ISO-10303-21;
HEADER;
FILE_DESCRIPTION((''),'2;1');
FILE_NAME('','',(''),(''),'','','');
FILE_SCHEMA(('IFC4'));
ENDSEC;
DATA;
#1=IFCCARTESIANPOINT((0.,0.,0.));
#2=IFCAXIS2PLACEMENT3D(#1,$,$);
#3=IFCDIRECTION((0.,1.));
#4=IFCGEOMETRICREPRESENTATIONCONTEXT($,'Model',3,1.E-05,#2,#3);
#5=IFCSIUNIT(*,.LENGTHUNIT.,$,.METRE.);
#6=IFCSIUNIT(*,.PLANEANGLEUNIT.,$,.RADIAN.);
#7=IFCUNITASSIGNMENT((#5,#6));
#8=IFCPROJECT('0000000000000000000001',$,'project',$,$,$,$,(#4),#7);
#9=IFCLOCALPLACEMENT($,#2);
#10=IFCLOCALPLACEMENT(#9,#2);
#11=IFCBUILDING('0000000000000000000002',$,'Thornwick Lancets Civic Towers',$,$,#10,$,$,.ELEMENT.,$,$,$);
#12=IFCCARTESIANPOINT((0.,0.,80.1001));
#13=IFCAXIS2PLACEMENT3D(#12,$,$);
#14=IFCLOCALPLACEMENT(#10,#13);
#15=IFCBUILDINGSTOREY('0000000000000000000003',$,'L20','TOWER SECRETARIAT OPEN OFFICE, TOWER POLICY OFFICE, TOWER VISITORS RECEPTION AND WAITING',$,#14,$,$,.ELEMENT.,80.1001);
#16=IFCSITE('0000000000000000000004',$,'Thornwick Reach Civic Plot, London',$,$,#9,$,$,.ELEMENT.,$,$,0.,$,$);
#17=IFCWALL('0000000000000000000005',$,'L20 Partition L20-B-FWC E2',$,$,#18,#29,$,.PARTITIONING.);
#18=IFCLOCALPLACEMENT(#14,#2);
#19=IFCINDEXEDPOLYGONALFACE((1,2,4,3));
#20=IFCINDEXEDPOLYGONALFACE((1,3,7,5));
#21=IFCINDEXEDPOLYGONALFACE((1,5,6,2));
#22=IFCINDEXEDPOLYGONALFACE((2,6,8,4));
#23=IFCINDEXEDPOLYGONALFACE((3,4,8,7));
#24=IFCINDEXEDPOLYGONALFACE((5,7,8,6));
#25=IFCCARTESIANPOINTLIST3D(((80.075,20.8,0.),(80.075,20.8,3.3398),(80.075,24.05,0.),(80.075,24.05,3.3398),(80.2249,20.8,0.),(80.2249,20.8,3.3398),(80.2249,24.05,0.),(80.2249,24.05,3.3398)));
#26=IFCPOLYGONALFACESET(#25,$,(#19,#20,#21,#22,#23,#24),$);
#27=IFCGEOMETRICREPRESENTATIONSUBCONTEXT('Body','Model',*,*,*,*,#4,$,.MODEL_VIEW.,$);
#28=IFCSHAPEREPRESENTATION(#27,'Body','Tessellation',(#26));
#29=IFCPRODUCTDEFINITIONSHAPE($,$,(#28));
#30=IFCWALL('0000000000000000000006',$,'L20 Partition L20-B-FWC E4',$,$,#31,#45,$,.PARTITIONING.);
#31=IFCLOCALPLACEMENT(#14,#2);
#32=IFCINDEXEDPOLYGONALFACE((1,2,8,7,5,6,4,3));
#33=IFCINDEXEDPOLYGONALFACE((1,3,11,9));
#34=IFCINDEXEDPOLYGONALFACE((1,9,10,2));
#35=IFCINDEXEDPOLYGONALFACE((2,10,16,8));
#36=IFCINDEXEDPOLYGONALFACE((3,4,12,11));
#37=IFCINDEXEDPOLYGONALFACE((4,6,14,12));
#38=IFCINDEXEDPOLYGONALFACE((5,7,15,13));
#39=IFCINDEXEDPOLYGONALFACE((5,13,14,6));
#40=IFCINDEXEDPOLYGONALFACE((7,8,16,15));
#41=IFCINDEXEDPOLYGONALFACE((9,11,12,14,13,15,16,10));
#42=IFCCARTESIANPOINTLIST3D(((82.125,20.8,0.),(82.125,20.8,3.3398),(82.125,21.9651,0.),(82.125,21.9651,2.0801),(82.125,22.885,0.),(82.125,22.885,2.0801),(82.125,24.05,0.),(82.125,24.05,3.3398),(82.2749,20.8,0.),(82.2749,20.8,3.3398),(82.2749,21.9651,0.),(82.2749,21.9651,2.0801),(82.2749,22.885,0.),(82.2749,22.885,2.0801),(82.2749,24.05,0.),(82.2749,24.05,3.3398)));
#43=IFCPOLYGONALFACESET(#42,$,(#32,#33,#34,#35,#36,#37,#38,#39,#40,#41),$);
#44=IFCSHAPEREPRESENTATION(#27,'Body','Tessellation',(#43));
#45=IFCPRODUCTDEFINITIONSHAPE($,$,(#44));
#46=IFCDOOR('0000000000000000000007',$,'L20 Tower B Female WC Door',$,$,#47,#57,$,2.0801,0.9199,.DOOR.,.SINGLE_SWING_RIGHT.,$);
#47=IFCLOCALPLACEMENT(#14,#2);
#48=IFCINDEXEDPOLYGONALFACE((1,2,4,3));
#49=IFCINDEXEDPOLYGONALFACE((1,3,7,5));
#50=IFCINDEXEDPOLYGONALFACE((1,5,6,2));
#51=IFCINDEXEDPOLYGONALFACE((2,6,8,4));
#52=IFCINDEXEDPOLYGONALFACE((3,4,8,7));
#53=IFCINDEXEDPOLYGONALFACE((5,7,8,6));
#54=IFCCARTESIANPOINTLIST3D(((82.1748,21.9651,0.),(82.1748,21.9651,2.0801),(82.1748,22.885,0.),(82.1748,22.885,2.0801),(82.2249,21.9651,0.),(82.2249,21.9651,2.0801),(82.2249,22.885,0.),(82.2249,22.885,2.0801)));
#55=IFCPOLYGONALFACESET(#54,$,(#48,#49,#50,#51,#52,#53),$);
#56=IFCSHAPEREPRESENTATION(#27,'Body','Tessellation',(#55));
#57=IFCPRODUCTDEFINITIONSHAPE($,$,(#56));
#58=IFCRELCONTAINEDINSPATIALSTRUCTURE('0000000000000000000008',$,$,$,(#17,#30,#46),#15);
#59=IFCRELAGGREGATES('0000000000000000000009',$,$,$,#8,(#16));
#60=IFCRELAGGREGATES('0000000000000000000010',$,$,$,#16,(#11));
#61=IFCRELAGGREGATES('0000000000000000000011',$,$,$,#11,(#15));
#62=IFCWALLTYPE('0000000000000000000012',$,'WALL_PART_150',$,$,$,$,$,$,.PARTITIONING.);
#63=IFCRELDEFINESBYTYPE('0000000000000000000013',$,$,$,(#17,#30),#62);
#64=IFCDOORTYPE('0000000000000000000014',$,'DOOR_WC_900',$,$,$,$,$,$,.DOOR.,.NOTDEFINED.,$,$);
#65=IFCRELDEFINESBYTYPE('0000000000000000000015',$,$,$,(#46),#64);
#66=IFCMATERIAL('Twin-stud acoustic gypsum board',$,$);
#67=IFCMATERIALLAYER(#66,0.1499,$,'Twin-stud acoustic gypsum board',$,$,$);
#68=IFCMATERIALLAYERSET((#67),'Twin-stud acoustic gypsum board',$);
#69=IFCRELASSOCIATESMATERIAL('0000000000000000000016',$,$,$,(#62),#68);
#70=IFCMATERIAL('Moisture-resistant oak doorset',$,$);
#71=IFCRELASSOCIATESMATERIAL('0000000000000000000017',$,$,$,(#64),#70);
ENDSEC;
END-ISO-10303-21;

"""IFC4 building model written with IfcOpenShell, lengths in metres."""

from ifc_helpers import new_model, si_unit, direction, frame, frame_2d, origin, place, context, subcontext, project, spatial, rectangle, extrude, material, layer, layer_set, type_object, element, fill, save


model = new_model("IFC4")

# Units and contexts
model_context = context("Model", 3, precision=1e-05, world=origin(), true_north=direction((0.0, 1.0)))
body_context = subcontext(model_context, "Body", "Model", "MODEL_VIEW")
ifc_project = project(units=[si_unit("LENGTHUNIT", "METRE"), si_unit("PLANEANGLEUNIT", "RADIAN")], contexts=[model_context])

# Site, building, storey
site_placement = place(None, origin())
site = spatial("IfcSite", under=ifc_project, at=site_placement, Name="Thornwick Reach Civic Plot, London", CompositionType="ELEMENT", RefElevation=0.0)
building_placement = place(site_placement, origin())
building = spatial("IfcBuilding", under=site, at=building_placement, Name="Thornwick Lancets Civic Towers", CompositionType="ELEMENT")
storey_placement = place(building_placement, frame((0.0, 0.0, 80.1001)))
storey = spatial("IfcBuildingStorey", under=building, at=storey_placement, Name="L20", Description="TOWER SECRETARIAT OPEN OFFICE, TOWER POLICY OFFICE, TOWER VISITORS RECEPTION AND WAITING", CompositionType="ELEMENT", Elevation=80.1001)

# Wall
ifc_material_1 = material(Name="Twin-stud acoustic gypsum board")
ifc_layer_1 = layer(ifc_material_1, 0.1499, Name="Twin-stud acoustic gypsum board")
ifc_layer_set_1 = layer_set([ifc_layer_1], Name="Twin-stud acoustic gypsum board")
wall_type_1 = type_object("IfcWallType", Name="WALL_PART_150", PredefinedType="PARTITIONING", material=ifc_layer_set_1)
wall_1_placement = place(storey_placement, frame((80.1499, 20.8, 0.0), z_axis=(0.0, 0.0, 1.0), x_axis=(0.0, 1.0, 0.0)))
element("IfcWall", 1, at=wall_1_placement, inside=storey, type_object=wall_type_1, Name="L20 Partition L20-B-FWC E2", PredefinedType="PARTITIONING", context=body_context, shape_type="SweptSolid", body=[
    extrude(rectangle(XDim=3.25, YDim=0.1499, at=frame_2d((1.625, 0.0))), origin(), (0.0, 0.0, 1.0), 3.3398),
])

# Wall, opening, door
wall_2_placement = place(storey_placement, frame((82.2, 24.05, 0.0), z_axis=(0.0, 0.0, 1.0), x_axis=(0.0, -1.0, 0.0)))
wall_2 = element("IfcWall", 2, at=wall_2_placement, inside=storey, type_object=wall_type_1, Name="L20 Partition L20-B-FWC E4", PredefinedType="PARTITIONING", context=body_context, shape_type="SweptSolid", body=[
    extrude(rectangle(XDim=3.25, YDim=0.1499, at=frame_2d((1.625, 0.0))), origin(), (0.0, 0.0, 1.0), 3.3398),
])
opening_1_placement = place(wall_2_placement, frame((1.165, 0.0, 0.0)))
opening_1 = element("IfcOpeningElement", 3, at=opening_1_placement, cuts=wall_2, PredefinedType="OPENING", context=body_context, shape_type="SweptSolid", body=[
    extrude(rectangle(XDim=0.9199, YDim=2.0801, at=frame_2d((0.46, 1.04))), frame((0.0, 0.085, 0.0), z_axis=(0.0, -1.0, 0.0), x_axis=(1.0, 0.0, 0.0)), (0.0, 0.0, 1.0), 0.1699),
])
ifc_material_2 = material(Name="Moisture-resistant oak doorset")
door_type_1 = type_object("IfcDoorType", Name="DOOR_WC_900", OperationType="NOTDEFINED", PredefinedType="DOOR", material=ifc_material_2)
door_1_placement = place(opening_1_placement, origin())
door_1 = element("IfcDoor", 4, at=door_1_placement, inside=storey, type_object=door_type_1, Name="L20 Tower B Female WC Door", OperationType="SINGLE_SWING_RIGHT", OverallHeight=2.0801, OverallWidth=0.9199, PredefinedType="DOOR", context=body_context, shape_type="SweptSolid", body=[
    extrude(rectangle(XDim=0.9199, YDim=2.0801, at=frame_2d((0.46, 1.04))), frame((0.0, 0.0249, 0.0), z_axis=(0.0, -1.0, 0.0), x_axis=(1.0, 0.0, 0.0)), (0.0, 0.0, 1.0), 0.05),
])
fill(opening_1, door_1)

save(model, "model.ifc")
